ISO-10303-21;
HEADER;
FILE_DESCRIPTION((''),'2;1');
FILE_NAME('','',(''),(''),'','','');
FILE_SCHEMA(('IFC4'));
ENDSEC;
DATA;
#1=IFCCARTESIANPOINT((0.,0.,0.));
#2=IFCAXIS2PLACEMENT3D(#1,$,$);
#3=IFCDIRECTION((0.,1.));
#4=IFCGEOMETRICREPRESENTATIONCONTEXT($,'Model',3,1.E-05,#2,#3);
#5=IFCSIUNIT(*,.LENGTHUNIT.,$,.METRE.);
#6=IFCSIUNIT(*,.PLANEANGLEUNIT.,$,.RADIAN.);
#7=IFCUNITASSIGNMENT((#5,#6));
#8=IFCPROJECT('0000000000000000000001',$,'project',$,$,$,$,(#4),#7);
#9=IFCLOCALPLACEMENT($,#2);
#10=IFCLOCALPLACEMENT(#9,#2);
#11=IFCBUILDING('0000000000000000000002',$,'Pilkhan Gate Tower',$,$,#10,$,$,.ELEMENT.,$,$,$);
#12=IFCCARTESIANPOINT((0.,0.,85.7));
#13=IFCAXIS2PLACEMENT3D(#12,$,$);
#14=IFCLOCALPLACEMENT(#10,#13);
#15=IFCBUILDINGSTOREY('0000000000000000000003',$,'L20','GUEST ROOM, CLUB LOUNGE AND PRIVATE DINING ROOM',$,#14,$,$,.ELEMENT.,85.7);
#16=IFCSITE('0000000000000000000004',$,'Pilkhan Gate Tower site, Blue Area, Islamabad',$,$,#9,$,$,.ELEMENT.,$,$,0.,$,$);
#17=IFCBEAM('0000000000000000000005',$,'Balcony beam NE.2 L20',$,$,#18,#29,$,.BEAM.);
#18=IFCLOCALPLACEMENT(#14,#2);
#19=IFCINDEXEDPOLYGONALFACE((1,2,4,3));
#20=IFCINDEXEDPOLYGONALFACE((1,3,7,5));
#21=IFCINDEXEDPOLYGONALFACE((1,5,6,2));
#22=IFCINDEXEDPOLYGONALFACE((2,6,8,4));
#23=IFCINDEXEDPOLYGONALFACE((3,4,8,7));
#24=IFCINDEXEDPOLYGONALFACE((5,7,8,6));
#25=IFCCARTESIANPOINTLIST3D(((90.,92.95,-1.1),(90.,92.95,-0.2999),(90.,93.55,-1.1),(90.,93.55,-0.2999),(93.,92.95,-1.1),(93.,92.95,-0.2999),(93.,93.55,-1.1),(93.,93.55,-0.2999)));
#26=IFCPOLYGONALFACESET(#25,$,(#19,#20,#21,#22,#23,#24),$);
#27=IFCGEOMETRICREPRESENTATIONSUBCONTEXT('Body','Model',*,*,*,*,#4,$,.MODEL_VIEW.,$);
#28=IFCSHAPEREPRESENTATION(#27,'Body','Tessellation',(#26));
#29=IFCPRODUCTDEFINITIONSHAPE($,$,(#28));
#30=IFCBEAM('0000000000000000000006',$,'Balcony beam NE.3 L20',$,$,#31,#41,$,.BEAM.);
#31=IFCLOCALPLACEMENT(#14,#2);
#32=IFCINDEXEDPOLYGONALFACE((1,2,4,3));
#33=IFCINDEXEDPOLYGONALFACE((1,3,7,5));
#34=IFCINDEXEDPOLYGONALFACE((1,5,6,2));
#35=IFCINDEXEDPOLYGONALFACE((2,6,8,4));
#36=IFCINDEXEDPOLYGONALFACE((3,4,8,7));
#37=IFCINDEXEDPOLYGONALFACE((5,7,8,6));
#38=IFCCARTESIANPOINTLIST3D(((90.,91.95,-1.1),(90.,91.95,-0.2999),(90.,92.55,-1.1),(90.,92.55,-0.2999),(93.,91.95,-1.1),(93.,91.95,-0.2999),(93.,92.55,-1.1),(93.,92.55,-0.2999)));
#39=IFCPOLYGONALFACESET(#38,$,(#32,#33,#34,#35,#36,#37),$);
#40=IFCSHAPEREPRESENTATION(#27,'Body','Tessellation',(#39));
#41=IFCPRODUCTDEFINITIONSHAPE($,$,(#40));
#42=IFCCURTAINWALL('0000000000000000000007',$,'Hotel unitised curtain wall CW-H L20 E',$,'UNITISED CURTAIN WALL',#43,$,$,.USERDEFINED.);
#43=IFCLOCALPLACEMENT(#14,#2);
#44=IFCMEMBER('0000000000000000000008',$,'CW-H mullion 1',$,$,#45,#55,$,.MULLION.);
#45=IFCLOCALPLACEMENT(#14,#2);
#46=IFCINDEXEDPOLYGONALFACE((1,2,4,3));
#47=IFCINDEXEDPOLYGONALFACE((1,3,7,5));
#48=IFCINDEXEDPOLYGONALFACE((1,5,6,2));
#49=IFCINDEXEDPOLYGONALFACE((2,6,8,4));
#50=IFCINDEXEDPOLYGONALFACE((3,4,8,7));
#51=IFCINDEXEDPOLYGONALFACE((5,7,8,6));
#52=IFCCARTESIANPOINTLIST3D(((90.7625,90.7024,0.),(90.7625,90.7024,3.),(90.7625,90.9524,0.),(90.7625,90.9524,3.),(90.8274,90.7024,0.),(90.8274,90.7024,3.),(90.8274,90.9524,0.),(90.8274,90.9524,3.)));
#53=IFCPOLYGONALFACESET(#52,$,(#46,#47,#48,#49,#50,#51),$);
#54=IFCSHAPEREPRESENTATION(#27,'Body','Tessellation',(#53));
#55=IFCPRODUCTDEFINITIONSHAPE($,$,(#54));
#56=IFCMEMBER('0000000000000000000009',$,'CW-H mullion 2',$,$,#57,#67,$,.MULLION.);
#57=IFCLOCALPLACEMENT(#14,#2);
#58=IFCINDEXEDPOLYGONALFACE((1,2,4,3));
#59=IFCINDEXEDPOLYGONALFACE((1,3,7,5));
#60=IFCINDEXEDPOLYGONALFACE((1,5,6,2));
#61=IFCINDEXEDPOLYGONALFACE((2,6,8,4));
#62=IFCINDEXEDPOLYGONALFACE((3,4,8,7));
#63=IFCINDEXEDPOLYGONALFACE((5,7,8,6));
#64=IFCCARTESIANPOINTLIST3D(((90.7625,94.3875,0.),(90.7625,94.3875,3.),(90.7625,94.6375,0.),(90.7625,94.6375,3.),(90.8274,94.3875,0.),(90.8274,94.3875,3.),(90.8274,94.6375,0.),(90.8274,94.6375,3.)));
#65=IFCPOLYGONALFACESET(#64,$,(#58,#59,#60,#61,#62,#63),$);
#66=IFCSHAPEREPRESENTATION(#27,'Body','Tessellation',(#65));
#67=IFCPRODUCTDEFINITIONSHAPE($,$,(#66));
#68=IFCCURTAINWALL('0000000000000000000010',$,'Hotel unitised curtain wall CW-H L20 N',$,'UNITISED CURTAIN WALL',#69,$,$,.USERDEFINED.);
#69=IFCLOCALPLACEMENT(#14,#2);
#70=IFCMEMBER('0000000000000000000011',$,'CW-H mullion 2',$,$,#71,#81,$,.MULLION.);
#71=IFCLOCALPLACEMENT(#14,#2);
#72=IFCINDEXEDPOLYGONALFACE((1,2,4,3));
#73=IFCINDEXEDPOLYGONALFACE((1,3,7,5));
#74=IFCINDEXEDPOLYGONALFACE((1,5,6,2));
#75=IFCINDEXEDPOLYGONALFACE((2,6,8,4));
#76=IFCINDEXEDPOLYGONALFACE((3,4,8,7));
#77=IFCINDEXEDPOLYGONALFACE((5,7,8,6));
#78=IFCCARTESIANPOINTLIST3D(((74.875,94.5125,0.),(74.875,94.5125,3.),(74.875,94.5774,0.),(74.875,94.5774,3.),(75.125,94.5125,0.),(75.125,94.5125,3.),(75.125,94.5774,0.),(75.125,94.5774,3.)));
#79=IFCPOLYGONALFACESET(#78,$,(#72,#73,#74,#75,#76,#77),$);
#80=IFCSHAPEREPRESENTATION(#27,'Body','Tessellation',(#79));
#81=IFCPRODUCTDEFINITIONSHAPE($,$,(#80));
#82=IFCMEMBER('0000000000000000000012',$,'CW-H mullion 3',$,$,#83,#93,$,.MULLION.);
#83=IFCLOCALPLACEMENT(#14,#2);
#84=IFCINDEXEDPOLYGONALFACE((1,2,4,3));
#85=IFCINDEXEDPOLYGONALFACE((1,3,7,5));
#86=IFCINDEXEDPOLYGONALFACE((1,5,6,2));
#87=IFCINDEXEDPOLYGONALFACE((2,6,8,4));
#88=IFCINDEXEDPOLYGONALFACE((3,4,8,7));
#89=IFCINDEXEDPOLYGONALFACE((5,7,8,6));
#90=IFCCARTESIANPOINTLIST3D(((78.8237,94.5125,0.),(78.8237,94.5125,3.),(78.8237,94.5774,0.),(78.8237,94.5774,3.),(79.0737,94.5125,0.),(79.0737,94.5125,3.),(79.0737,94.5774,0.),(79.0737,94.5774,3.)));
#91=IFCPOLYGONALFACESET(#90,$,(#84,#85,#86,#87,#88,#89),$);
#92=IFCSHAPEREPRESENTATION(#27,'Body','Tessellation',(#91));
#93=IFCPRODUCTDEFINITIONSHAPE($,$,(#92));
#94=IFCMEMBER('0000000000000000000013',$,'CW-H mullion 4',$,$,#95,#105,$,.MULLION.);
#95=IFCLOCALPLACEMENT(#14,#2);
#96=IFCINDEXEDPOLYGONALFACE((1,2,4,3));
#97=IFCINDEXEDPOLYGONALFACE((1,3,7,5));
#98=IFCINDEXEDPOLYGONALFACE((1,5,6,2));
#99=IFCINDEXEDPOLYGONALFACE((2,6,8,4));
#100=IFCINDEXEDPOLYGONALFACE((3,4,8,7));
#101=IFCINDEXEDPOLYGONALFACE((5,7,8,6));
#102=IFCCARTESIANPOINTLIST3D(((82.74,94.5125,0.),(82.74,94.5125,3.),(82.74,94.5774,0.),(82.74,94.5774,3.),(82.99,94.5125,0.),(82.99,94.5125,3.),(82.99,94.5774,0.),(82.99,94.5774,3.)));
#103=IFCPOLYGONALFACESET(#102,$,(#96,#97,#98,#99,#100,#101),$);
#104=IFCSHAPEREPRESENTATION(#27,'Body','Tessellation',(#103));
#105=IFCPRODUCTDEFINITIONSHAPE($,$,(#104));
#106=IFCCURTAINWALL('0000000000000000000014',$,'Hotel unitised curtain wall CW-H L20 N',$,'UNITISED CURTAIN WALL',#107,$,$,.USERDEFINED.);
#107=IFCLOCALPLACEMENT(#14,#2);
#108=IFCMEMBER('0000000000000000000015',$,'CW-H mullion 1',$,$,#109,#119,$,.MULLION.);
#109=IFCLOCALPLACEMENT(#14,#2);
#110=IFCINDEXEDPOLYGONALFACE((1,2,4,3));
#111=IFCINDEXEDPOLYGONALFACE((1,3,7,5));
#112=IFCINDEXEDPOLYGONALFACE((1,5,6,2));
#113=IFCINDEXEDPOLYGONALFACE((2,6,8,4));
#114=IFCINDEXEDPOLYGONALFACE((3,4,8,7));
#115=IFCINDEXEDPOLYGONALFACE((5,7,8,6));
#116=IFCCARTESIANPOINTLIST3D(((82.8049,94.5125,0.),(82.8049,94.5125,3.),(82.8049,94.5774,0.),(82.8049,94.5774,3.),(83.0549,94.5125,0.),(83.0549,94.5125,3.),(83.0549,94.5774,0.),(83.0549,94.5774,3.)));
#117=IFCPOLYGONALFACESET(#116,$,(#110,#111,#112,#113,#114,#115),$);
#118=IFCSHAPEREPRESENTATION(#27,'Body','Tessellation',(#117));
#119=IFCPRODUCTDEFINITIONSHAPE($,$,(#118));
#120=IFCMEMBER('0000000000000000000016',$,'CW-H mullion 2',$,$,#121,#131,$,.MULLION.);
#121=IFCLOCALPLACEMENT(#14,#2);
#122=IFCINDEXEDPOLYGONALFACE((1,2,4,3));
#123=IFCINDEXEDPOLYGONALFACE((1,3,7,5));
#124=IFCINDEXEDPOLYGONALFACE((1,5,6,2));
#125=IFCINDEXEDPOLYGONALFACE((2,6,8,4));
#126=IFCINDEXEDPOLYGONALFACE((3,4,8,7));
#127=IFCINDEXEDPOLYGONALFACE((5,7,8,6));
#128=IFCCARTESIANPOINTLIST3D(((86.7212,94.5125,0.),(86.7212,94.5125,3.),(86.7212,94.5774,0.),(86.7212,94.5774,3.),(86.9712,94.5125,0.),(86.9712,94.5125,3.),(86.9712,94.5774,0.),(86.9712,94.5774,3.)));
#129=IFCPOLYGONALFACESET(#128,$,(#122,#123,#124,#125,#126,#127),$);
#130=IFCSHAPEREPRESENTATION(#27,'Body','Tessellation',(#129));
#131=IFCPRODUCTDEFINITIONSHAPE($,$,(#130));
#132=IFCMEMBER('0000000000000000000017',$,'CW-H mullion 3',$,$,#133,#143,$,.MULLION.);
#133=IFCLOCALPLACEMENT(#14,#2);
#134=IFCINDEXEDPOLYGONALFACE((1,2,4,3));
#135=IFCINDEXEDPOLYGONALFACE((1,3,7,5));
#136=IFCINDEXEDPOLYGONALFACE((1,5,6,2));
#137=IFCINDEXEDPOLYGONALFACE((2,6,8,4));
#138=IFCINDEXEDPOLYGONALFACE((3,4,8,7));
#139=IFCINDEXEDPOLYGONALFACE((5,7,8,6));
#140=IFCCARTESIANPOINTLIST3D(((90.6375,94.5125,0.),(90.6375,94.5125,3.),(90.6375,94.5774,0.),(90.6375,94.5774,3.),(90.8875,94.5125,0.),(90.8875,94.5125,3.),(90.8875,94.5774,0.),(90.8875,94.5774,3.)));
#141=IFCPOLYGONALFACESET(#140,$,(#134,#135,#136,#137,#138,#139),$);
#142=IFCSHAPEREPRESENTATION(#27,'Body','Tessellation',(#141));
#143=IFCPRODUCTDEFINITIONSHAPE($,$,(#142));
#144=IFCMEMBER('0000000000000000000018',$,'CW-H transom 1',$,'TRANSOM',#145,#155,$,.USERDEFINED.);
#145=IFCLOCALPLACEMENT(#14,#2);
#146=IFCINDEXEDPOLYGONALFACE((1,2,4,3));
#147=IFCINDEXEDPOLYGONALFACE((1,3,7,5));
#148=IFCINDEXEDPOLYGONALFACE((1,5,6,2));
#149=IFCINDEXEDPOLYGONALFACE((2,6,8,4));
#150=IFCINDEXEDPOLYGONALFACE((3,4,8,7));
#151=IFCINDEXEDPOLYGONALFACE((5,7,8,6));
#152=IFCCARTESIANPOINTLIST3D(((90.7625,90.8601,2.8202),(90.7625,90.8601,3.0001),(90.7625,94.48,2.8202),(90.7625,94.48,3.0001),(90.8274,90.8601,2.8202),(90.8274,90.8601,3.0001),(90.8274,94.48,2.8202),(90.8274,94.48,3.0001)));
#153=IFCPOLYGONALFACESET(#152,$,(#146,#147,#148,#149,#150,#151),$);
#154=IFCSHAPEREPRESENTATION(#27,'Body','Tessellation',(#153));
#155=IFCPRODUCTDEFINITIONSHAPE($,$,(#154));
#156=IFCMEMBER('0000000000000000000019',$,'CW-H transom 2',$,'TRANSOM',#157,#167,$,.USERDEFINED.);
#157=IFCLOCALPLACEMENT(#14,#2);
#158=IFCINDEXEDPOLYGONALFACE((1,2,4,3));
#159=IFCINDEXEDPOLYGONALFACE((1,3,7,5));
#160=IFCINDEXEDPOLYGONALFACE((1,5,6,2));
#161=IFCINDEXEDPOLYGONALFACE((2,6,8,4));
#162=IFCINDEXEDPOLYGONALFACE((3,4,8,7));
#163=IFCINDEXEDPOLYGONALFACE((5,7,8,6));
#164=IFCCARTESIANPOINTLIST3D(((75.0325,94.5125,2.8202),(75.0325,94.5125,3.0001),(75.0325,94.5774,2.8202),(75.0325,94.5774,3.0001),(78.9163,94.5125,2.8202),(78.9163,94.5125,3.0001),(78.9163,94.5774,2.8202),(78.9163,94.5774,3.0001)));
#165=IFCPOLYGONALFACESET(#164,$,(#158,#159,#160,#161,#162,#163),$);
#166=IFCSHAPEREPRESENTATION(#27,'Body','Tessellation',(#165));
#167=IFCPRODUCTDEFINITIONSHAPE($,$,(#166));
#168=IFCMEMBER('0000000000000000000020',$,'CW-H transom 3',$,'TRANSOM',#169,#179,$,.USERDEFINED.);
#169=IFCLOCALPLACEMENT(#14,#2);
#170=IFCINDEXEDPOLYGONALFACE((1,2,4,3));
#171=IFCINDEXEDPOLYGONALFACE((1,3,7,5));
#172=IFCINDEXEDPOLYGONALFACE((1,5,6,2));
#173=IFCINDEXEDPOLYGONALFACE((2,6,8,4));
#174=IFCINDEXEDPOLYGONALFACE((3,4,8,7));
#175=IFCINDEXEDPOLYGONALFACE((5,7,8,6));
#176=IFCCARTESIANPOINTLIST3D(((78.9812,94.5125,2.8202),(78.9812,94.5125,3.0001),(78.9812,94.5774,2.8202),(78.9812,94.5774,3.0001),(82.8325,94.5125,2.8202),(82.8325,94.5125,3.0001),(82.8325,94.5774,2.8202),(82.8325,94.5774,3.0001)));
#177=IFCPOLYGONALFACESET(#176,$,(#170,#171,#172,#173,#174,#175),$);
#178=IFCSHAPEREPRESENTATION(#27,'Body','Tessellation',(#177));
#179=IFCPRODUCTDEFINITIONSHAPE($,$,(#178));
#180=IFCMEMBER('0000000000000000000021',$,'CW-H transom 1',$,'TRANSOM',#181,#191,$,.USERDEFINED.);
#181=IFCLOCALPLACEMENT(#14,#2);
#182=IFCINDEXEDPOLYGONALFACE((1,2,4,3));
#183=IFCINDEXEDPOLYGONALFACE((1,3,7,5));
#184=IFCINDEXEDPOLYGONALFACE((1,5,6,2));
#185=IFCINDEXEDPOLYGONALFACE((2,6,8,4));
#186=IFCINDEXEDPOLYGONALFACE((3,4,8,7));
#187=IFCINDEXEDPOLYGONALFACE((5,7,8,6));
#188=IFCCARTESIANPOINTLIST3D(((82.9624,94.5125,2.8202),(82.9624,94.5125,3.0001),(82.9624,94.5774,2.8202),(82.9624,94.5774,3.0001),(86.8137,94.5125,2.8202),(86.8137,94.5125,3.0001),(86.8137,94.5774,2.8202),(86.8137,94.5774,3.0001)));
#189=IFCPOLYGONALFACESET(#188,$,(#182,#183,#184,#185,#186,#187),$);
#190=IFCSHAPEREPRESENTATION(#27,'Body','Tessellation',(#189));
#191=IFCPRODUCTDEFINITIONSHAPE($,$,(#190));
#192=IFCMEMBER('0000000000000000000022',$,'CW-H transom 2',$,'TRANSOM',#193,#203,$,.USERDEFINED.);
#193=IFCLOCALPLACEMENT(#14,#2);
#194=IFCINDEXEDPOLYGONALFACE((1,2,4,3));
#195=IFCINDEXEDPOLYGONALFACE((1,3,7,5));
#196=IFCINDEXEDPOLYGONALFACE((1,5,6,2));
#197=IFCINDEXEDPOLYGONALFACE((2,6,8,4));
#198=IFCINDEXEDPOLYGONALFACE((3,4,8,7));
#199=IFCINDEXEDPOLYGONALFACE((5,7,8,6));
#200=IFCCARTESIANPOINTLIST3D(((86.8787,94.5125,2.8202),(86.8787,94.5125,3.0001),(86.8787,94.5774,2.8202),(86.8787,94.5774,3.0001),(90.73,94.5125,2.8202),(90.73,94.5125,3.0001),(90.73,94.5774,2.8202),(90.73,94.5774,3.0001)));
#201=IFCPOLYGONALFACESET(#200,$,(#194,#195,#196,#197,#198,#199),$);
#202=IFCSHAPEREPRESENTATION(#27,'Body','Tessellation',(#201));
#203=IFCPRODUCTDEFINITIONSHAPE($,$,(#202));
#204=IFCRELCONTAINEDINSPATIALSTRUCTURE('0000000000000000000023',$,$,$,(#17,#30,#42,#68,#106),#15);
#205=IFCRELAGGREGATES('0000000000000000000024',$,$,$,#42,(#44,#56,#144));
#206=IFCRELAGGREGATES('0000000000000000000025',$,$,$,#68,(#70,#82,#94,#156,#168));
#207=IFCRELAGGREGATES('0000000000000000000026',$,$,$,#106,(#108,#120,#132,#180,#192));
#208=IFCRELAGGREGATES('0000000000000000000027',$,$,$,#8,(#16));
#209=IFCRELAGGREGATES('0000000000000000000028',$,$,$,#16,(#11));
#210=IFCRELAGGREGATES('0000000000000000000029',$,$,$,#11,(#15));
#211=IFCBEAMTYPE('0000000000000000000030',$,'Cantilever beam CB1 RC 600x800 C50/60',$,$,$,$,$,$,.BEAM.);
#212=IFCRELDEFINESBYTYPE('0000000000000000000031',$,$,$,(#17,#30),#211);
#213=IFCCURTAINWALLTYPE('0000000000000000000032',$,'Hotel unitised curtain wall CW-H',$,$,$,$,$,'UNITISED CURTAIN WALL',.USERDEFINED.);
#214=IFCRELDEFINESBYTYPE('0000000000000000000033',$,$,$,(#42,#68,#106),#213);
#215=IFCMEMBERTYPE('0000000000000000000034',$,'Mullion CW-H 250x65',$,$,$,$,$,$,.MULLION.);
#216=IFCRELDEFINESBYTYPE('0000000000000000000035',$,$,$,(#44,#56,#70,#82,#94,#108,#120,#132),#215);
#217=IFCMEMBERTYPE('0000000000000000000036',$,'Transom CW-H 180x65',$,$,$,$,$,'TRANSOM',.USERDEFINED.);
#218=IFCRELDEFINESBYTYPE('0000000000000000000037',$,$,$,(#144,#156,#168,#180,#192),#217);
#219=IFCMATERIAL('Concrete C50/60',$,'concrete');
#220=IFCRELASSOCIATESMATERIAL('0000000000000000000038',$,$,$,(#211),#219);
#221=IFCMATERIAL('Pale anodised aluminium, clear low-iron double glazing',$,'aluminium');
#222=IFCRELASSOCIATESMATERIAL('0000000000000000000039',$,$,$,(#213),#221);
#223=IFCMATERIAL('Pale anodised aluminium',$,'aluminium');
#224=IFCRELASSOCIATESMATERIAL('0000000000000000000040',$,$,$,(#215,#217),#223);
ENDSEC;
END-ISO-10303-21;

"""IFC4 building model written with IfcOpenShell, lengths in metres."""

from ifc_helpers import new_model, si_unit, direction, frame, origin, origin_2d, place, context, subcontext, project, spatial, rectangle, extrude, material, material_profile, profile_set, type_object, element, aggregate, save


model = new_model("IFC4")

# Units and contexts
model_context = context("Model", 3, precision=1e-05, world=origin(), true_north=direction((0.0, 1.0)))
body_context = subcontext(model_context, "Body", "Model", "MODEL_VIEW")
ifc_project = project(units=[si_unit("LENGTHUNIT", "METRE"), si_unit("PLANEANGLEUNIT", "RADIAN")], contexts=[model_context])

# Site, building, storey
site_placement = place(None, origin())
site = spatial("IfcSite", under=ifc_project, at=site_placement, Name="Pilkhan Gate Tower site, Blue Area, Islamabad", CompositionType="ELEMENT", RefElevation=0.0)
building_placement = place(site_placement, origin())
building = spatial("IfcBuilding", under=site, at=building_placement, Name="Pilkhan Gate Tower", CompositionType="ELEMENT")
storey_placement = place(building_placement, frame((0.0, 0.0, 85.7)))
storey = spatial("IfcBuildingStorey", under=building, at=storey_placement, Name="L20", Description="GUEST ROOM, CLUB LOUNGE AND PRIVATE DINING ROOM", CompositionType="ELEMENT", Elevation=85.7)

# Beams
ifc_material_1 = material(Name="Concrete C50/60", Category="concrete")
ifc_material_profile_1 = material_profile(ifc_material_1, rectangle(XDim=0.6001, YDim=0.8, at=origin_2d()), Name="RC 600x800")
ifc_profile_set_1 = profile_set([ifc_material_profile_1], Name="Concrete C50/60")
beam_type = type_object("IfcBeamType", Name="Cantilever beam CB1 RC 600x800 C50/60", PredefinedType="BEAM", material=ifc_profile_set_1)
for number, where, z_axis, x_axis, name in (
    (1, (90.0, 93.25, -0.7), (1.0, 0.0, 0.0), (0.0, 1.0, 0.0), "Balcony beam NE.2 L20"),
    (2, (90.0, 92.25, -0.7), (1.0, 0.0, 0.0), (0.0, 1.0, 0.0), "Balcony beam NE.3 L20"),
):
    element("IfcBeam", number, at=place(storey_placement, frame(where, z_axis=z_axis, x_axis=x_axis)), inside=storey, type_object=beam_type, Name=name, PredefinedType="BEAM", context=body_context, shape_type="SweptSolid", body=[
        extrude(rectangle(XDim=0.6001, YDim=0.8, at=origin_2d()), origin(), (0.0, 0.0, 1.0), 3.0),
    ])

# Curtain walls, members
ifc_material_2 = material(Name="Pale anodised aluminium, clear low-iron double glazing", Category="aluminium")
curtain_wall_type = type_object("IfcCurtainWallType", Name="Hotel unitised curtain wall CW-H", ElementType="UNITISED CURTAIN WALL", PredefinedType="USERDEFINED", material=ifc_material_2)
curtain_wall_1_placement = place(storey_placement, origin())
curtain_wall_1 = element("IfcCurtainWall", 3, at=curtain_wall_1_placement, inside=storey, type_object=curtain_wall_type, Name="Hotel unitised curtain wall CW-H L20 E", ObjectType="UNITISED CURTAIN WALL", PredefinedType="USERDEFINED")
ifc_material_3 = material(Name="Pale anodised aluminium", Category="aluminium")
ifc_material_profile_2 = material_profile(ifc_material_3, rectangle(XDim=0.0649, YDim=0.25, at=origin_2d()), Name="Mullion 250x65")
ifc_profile_set_2 = profile_set([ifc_material_profile_2], Name="Pale anodised aluminium")
member_type_1 = type_object("IfcMemberType", Name="Mullion CW-H 250x65", PredefinedType="MULLION", material=ifc_profile_set_2)
member_1_placement = place(storey_placement, frame((90.7949, 90.8274, 0.0), z_axis=(0.0, 0.0, 1.0), x_axis=(-1.0, 0.0, 0.0)))
member_1 = element("IfcMember", 4, at=member_1_placement, type_object=member_type_1, Name="CW-H mullion 1", PredefinedType="MULLION", context=body_context, shape_type="SweptSolid", body=[
    extrude(rectangle(XDim=0.0649, YDim=0.25, at=origin_2d()), origin(), (0.0, 0.0, 1.0), 3.0),
])
member_2_placement = place(storey_placement, frame((90.7949, 94.5125, 0.0), z_axis=(0.0, 0.0, 1.0), x_axis=(-1.0, 0.0, 0.0)))
member_2 = element("IfcMember", 5, at=member_2_placement, type_object=member_type_1, Name="CW-H mullion 2", PredefinedType="MULLION", context=body_context, shape_type="SweptSolid", body=[
    extrude(rectangle(XDim=0.0649, YDim=0.25, at=origin_2d()), origin(), (0.0, 0.0, 1.0), 3.0),
])
curtain_wall_2_placement = place(storey_placement, origin())
curtain_wall_2 = element("IfcCurtainWall", 6, at=curtain_wall_2_placement, inside=storey, type_object=curtain_wall_type, Name="Hotel unitised curtain wall CW-H L20 N", ObjectType="UNITISED CURTAIN WALL", PredefinedType="USERDEFINED")
member_3_placement = place(storey_placement, frame((75.0, 94.5449, 0.0), z_axis=(0.0, 0.0, 1.0), x_axis=(0.0, 1.0, 0.0)))
member_3 = element("IfcMember", 7, at=member_3_placement, type_object=member_type_1, Name="CW-H mullion 2", PredefinedType="MULLION", context=body_context, shape_type="SweptSolid", body=[
    extrude(rectangle(XDim=0.0649, YDim=0.25, at=origin_2d()), origin(), (0.0, 0.0, 1.0), 3.0),
])
member_4_placement = place(storey_placement, frame((78.9487, 94.5449, 0.0), z_axis=(0.0, 0.0, 1.0), x_axis=(0.0, 1.0, 0.0)))
member_4 = element("IfcMember", 8, at=member_4_placement, type_object=member_type_1, Name="CW-H mullion 3", PredefinedType="MULLION", context=body_context, shape_type="SweptSolid", body=[
    extrude(rectangle(XDim=0.0649, YDim=0.25, at=origin_2d()), origin(), (0.0, 0.0, 1.0), 3.0),
])
member_5_placement = place(storey_placement, frame((82.865, 94.5449, 0.0), z_axis=(0.0, 0.0, 1.0), x_axis=(0.0, 1.0, 0.0)))
member_5 = element("IfcMember", 9, at=member_5_placement, type_object=member_type_1, Name="CW-H mullion 4", PredefinedType="MULLION", context=body_context, shape_type="SweptSolid", body=[
    extrude(rectangle(XDim=0.0649, YDim=0.25, at=origin_2d()), origin(), (0.0, 0.0, 1.0), 3.0),
])
curtain_wall_3_placement = place(storey_placement, origin())
curtain_wall_3 = element("IfcCurtainWall", 10, at=curtain_wall_3_placement, inside=storey, type_object=curtain_wall_type, Name="Hotel unitised curtain wall CW-H L20 N", ObjectType="UNITISED CURTAIN WALL", PredefinedType="USERDEFINED")
member_6_placement = place(storey_placement, frame((82.9299, 94.5449, 0.0), z_axis=(0.0, 0.0, 1.0), x_axis=(0.0, 1.0, 0.0)))
member_6 = element("IfcMember", 11, at=member_6_placement, type_object=member_type_1, Name="CW-H mullion 1", PredefinedType="MULLION", context=body_context, shape_type="SweptSolid", body=[
    extrude(rectangle(XDim=0.0649, YDim=0.25, at=origin_2d()), origin(), (0.0, 0.0, 1.0), 3.0),
])
member_7_placement = place(storey_placement, frame((86.8462, 94.5449, 0.0), z_axis=(0.0, 0.0, 1.0), x_axis=(0.0, 1.0, 0.0)))
member_7 = element("IfcMember", 12, at=member_7_placement, type_object=member_type_1, Name="CW-H mullion 2", PredefinedType="MULLION", context=body_context, shape_type="SweptSolid", body=[
    extrude(rectangle(XDim=0.0649, YDim=0.25, at=origin_2d()), origin(), (0.0, 0.0, 1.0), 3.0),
])
member_8_placement = place(storey_placement, frame((90.7625, 94.5449, 0.0), z_axis=(0.0, 0.0, 1.0), x_axis=(0.0, 1.0, 0.0)))
member_8 = element("IfcMember", 13, at=member_8_placement, type_object=member_type_1, Name="CW-H mullion 3", PredefinedType="MULLION", context=body_context, shape_type="SweptSolid", body=[
    extrude(rectangle(XDim=0.0649, YDim=0.25, at=origin_2d()), origin(), (0.0, 0.0, 1.0), 3.0),
])

# Members
ifc_material_profile_3 = material_profile(ifc_material_3, rectangle(XDim=0.0649, YDim=0.1799, at=origin_2d()), Name="Transom 180x65")
ifc_profile_set_3 = profile_set([ifc_material_profile_3], Name="Pale anodised aluminium")
member_type_2 = type_object("IfcMemberType", Name="Transom CW-H 180x65", ElementType="TRANSOM", PredefinedType="USERDEFINED", material=ifc_profile_set_3)
member_9_placement = place(storey_placement, frame((90.7949, 90.8601, 2.9102), z_axis=(0.0, 1.0, 0.0), x_axis=(-1.0, 0.0, 0.0)))
member_9 = element("IfcMember", 14, at=member_9_placement, type_object=member_type_2, Name="CW-H transom 1", ObjectType="TRANSOM", PredefinedType="USERDEFINED", context=body_context, shape_type="SweptSolid", body=[
    extrude(rectangle(XDim=0.0649, YDim=0.1799, at=origin_2d()), origin(), (0.0, 0.0, 1.0), 3.6199),
])
member_10_placement = place(storey_placement, frame((75.0325, 94.5449, 2.9102), z_axis=(1.0, 0.0, 0.0), x_axis=(0.0, 1.0, 0.0)))
member_10 = element("IfcMember", 15, at=member_10_placement, type_object=member_type_2, Name="CW-H transom 2", ObjectType="TRANSOM", PredefinedType="USERDEFINED", context=body_context, shape_type="SweptSolid", body=[
    extrude(rectangle(XDim=0.0649, YDim=0.1799, at=origin_2d()), origin(), (0.0, 0.0, 1.0), 3.8838),
])
member_11_placement = place(storey_placement, frame((78.9812, 94.5449, 2.9102), z_axis=(1.0, 0.0, 0.0), x_axis=(0.0, 1.0, 0.0)))
member_11 = element("IfcMember", 16, at=member_11_placement, type_object=member_type_2, Name="CW-H transom 3", ObjectType="TRANSOM", PredefinedType="USERDEFINED", context=body_context, shape_type="SweptSolid", body=[
    extrude(rectangle(XDim=0.0649, YDim=0.1799, at=origin_2d()), origin(), (0.0, 0.0, 1.0), 3.8513),
])
member_12_placement = place(storey_placement, frame((82.9624, 94.5449, 2.9102), z_axis=(1.0, 0.0, 0.0), x_axis=(0.0, 1.0, 0.0)))
member_12 = element("IfcMember", 17, at=member_12_placement, type_object=member_type_2, Name="CW-H transom 1", ObjectType="TRANSOM", PredefinedType="USERDEFINED", context=body_context, shape_type="SweptSolid", body=[
    extrude(rectangle(XDim=0.0649, YDim=0.1799, at=origin_2d()), origin(), (0.0, 0.0, 1.0), 3.8513),
])
member_13_placement = place(storey_placement, frame((86.8787, 94.5449, 2.9102), z_axis=(1.0, 0.0, 0.0), x_axis=(0.0, 1.0, 0.0)))
member_13 = element("IfcMember", 18, at=member_13_placement, type_object=member_type_2, Name="CW-H transom 2", ObjectType="TRANSOM", PredefinedType="USERDEFINED", context=body_context, shape_type="SweptSolid", body=[
    extrude(rectangle(XDim=0.0649, YDim=0.1799, at=origin_2d()), origin(), (0.0, 0.0, 1.0), 3.8513),
])

aggregate(curtain_wall_1, [member_1, member_2, member_9])
aggregate(curtain_wall_2, [member_3, member_4, member_5, member_10, member_11])
aggregate(curtain_wall_3, [member_6, member_7, member_8, member_12, member_13])

save(model, "model.ifc")
